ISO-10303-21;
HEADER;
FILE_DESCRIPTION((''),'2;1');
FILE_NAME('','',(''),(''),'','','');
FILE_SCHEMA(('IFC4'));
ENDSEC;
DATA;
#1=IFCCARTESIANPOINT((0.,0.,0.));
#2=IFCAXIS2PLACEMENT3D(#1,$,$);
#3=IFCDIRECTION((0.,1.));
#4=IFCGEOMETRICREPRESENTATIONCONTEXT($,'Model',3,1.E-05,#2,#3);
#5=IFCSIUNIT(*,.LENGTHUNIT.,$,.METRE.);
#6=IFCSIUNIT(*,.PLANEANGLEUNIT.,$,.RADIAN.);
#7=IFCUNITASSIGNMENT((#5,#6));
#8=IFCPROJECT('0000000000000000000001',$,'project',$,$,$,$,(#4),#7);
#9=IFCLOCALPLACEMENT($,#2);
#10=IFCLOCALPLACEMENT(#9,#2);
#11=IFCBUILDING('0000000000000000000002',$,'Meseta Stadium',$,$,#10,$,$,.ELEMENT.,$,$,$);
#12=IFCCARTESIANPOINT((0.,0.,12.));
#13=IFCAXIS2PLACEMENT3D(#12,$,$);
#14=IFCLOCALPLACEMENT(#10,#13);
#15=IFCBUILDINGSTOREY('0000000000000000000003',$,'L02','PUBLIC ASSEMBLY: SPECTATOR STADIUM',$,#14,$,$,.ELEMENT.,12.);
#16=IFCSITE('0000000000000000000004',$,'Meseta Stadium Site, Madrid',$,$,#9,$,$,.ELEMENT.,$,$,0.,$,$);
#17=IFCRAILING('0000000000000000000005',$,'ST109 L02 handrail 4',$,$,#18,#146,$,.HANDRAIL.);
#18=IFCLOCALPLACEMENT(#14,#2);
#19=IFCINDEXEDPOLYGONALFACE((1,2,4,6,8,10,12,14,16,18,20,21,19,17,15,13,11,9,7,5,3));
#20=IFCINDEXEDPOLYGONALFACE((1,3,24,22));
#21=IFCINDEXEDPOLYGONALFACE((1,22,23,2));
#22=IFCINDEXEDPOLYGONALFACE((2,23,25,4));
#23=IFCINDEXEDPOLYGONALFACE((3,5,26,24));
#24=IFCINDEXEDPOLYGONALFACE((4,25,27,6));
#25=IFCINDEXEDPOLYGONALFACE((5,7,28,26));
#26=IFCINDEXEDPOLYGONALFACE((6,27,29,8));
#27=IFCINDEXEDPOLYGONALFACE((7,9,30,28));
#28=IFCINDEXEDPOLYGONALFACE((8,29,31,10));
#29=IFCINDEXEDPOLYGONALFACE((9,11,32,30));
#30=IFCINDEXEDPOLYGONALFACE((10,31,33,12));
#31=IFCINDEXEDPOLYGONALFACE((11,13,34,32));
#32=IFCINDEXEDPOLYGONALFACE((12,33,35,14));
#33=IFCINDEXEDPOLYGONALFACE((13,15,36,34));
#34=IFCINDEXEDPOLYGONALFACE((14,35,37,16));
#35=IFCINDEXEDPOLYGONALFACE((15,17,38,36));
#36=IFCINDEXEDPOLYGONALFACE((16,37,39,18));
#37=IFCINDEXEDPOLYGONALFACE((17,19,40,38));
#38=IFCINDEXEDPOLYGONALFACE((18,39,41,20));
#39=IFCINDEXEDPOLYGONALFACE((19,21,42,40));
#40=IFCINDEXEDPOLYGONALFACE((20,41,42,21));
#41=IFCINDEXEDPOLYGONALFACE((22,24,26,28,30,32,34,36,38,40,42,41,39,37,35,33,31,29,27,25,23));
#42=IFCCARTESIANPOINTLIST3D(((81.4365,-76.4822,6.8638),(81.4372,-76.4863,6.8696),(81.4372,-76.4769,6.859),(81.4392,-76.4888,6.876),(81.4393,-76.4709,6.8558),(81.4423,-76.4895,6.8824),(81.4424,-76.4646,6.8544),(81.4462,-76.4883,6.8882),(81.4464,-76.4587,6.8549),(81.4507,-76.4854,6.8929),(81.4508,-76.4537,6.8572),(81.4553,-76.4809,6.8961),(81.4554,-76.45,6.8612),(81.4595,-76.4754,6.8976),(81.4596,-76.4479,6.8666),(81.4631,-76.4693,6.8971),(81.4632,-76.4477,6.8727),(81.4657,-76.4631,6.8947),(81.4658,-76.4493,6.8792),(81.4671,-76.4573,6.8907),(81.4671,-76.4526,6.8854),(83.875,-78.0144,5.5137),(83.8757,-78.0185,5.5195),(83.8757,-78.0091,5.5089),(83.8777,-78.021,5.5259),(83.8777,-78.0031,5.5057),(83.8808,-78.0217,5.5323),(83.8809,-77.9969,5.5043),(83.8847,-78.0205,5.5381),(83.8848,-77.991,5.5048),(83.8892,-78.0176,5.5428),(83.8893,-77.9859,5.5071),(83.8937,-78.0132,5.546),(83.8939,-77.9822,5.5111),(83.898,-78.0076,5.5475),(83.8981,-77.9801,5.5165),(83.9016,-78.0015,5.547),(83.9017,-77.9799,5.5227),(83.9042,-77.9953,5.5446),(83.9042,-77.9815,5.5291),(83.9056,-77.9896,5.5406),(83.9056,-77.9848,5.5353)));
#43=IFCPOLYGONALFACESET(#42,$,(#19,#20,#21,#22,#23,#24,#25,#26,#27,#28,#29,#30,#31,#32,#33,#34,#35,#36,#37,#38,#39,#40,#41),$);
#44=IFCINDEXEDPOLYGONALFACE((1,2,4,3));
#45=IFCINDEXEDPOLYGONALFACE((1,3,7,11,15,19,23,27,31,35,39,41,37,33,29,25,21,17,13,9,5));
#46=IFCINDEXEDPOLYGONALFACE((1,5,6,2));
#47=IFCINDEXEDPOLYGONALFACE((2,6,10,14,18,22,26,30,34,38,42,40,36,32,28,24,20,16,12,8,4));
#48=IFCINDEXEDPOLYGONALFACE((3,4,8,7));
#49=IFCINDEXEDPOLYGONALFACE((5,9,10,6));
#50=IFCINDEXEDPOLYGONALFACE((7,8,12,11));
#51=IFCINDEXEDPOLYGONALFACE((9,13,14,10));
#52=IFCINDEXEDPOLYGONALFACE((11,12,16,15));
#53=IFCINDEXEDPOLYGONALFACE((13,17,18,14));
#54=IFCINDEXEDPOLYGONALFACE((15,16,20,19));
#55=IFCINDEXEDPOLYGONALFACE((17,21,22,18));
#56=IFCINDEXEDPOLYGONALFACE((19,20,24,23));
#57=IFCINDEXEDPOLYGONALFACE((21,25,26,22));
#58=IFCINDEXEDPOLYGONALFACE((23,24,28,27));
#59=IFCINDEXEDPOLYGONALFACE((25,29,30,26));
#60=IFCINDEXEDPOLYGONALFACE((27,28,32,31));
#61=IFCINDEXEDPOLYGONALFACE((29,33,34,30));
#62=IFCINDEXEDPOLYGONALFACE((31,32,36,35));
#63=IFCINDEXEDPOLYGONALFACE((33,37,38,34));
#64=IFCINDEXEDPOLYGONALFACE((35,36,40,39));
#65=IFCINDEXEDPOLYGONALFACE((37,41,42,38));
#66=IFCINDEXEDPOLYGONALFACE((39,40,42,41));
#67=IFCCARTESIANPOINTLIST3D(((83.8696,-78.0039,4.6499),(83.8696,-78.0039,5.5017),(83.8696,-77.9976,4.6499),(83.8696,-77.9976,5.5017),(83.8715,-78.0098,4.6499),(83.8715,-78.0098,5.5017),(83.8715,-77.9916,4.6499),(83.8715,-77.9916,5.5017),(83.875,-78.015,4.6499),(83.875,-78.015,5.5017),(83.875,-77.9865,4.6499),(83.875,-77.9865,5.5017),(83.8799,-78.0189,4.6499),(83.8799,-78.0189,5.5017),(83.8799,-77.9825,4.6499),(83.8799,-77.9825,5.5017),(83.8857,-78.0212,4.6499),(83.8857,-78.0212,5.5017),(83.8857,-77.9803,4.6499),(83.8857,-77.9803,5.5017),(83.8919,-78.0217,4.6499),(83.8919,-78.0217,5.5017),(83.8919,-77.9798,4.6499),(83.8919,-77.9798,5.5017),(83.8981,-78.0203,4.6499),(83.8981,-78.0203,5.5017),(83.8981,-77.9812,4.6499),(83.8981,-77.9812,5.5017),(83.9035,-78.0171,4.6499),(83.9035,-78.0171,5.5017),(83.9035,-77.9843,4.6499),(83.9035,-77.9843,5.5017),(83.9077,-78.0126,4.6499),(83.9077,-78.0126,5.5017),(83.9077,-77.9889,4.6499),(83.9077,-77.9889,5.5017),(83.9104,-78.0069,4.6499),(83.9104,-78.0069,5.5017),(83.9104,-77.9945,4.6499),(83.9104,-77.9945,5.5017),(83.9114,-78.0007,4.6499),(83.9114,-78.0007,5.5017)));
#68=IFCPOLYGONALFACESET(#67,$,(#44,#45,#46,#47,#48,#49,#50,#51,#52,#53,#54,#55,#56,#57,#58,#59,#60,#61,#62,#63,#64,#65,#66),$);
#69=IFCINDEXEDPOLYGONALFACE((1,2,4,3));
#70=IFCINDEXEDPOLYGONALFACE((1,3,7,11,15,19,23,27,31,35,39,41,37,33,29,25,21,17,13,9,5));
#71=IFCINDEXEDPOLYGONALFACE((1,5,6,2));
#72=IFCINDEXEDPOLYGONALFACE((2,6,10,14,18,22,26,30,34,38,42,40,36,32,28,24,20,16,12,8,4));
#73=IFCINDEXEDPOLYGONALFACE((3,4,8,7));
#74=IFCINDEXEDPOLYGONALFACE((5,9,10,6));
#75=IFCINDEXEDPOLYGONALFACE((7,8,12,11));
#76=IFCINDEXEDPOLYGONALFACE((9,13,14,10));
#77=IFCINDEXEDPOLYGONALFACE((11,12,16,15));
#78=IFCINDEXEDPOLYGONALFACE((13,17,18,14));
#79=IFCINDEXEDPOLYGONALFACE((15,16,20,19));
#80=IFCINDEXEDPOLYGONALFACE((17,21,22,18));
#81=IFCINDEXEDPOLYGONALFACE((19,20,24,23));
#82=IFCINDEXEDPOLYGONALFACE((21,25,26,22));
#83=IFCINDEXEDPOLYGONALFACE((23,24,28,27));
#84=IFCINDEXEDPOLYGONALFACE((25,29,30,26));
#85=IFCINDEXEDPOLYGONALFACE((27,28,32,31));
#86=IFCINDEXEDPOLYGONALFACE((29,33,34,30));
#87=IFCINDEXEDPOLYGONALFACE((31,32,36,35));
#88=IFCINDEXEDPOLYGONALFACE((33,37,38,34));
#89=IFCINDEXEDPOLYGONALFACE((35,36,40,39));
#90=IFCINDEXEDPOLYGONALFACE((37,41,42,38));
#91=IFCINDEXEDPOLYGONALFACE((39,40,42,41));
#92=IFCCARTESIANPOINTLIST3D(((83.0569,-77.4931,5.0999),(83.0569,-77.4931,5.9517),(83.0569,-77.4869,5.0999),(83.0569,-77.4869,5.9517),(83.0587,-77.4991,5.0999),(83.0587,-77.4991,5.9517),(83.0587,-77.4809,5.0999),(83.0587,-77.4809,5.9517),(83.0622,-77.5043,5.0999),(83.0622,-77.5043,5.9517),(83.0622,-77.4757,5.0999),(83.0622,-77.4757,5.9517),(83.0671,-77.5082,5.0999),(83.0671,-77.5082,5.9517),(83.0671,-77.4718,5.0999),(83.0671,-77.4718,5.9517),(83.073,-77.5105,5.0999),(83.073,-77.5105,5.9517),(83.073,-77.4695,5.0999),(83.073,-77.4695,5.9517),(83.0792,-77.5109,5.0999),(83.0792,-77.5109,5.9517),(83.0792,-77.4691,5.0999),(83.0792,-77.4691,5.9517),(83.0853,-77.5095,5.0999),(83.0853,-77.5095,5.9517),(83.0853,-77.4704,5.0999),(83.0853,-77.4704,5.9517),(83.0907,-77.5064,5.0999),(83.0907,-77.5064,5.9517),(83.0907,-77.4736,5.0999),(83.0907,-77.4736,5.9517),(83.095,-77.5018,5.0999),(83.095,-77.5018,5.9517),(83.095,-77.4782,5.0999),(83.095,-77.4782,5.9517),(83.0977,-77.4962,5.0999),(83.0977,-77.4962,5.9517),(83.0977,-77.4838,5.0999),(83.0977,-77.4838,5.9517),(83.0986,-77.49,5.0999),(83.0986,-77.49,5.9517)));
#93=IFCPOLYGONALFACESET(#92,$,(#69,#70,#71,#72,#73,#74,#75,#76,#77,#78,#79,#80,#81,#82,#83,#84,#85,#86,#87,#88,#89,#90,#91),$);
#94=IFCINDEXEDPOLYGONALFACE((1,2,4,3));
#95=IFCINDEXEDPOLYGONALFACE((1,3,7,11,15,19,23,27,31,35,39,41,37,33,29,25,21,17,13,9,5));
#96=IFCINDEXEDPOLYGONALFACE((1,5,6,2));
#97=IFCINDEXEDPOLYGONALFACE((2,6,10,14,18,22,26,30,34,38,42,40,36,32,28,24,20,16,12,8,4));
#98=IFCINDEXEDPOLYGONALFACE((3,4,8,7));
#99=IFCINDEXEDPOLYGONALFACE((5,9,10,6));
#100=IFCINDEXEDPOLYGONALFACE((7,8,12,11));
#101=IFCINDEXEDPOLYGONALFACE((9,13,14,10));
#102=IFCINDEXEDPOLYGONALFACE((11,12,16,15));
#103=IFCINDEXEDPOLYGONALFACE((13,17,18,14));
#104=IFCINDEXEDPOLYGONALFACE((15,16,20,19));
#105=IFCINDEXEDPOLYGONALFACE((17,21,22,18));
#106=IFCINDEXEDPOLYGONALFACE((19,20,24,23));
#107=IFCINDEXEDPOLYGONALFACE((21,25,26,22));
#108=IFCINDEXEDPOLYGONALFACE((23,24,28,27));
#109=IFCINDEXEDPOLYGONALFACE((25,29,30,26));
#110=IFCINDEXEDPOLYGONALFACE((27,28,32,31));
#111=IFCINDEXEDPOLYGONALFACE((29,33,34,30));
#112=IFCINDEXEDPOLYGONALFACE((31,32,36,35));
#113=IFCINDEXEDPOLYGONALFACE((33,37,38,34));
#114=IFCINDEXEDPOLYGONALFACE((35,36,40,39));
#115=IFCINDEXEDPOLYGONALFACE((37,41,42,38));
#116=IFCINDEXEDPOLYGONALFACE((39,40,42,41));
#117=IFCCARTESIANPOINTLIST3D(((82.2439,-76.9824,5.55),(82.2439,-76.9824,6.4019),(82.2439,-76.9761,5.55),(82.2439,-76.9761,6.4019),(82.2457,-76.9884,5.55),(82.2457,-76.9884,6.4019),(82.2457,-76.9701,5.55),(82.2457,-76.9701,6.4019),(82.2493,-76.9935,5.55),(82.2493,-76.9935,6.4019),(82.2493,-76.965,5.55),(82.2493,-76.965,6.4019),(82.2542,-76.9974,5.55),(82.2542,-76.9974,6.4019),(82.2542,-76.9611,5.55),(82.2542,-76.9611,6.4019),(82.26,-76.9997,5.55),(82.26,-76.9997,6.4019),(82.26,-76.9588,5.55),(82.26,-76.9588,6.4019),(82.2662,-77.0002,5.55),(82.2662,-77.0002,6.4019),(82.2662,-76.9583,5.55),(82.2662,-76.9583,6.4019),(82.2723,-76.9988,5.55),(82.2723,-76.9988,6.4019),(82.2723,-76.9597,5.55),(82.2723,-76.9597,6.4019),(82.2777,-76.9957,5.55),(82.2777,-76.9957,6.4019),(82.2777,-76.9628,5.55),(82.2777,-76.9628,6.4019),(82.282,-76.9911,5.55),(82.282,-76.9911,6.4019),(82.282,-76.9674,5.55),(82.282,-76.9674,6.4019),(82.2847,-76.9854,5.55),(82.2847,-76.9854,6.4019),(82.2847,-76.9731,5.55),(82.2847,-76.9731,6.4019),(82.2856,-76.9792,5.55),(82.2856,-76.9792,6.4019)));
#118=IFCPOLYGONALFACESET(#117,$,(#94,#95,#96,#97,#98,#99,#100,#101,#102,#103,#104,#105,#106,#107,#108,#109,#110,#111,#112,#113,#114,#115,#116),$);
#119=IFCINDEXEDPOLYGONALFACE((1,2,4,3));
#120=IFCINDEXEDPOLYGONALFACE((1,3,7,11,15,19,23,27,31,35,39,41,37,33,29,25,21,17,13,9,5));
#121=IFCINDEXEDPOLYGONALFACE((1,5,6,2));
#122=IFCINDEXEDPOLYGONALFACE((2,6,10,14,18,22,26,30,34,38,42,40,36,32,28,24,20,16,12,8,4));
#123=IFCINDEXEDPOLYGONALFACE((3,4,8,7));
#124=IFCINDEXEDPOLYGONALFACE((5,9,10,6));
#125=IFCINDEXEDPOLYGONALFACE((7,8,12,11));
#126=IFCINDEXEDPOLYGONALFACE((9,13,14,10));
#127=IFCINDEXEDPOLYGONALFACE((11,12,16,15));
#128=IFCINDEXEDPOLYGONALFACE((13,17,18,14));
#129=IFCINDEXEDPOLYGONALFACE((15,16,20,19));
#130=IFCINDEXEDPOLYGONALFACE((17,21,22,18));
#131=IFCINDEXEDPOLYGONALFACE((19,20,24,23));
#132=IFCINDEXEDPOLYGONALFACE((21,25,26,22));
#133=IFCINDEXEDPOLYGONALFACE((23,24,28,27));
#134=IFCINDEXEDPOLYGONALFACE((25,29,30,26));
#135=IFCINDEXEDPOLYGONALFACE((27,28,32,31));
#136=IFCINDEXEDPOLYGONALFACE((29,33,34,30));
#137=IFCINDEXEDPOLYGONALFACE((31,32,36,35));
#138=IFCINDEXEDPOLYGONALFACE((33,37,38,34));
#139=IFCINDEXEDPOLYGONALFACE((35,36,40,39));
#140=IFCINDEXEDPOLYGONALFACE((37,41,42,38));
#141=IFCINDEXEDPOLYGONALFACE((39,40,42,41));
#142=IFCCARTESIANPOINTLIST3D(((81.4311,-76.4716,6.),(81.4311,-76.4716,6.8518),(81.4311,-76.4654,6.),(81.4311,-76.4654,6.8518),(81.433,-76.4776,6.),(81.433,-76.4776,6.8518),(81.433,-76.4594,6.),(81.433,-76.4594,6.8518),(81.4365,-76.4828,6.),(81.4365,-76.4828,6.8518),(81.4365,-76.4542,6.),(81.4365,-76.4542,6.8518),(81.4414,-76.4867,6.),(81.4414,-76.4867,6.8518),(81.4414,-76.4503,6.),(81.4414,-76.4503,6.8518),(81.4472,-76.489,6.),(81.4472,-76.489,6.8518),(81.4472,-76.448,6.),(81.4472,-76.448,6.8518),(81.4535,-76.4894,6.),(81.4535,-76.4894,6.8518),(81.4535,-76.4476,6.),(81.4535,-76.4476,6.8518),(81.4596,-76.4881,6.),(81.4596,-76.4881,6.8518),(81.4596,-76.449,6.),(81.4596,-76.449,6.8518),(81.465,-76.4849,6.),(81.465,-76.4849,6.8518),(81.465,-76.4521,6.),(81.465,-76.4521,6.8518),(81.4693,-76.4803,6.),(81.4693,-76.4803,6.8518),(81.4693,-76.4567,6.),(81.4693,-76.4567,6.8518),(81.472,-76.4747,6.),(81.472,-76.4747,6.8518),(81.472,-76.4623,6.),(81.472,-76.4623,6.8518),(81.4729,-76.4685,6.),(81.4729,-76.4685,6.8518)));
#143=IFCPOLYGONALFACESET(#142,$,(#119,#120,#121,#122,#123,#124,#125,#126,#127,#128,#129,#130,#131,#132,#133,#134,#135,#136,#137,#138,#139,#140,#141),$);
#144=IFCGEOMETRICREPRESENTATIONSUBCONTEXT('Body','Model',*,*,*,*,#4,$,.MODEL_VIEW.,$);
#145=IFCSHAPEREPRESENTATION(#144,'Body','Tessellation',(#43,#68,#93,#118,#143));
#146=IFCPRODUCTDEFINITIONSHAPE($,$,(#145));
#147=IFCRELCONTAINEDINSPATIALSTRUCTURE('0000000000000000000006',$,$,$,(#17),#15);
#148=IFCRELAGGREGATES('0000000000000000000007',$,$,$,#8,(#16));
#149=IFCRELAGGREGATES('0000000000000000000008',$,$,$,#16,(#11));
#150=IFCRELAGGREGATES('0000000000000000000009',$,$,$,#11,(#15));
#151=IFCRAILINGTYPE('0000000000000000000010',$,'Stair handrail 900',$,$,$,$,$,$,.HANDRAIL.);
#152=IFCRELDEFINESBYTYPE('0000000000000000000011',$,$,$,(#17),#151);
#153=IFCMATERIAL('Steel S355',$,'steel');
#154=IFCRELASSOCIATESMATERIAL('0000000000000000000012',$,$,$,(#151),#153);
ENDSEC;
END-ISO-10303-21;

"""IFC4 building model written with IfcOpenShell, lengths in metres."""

from ifc_helpers import new_model, si_unit, direction, frame, origin, origin_2d, place, context, subcontext, project, spatial, circle, extrude, material, type_object, element, save


model = new_model("IFC4")

# Units and contexts
model_context = context("Model", 3, precision=1e-05, world=origin(), true_north=direction((0.0, 1.0)))
body_context = subcontext(model_context, "Body", "Model", "MODEL_VIEW")
ifc_project = project(units=[si_unit("LENGTHUNIT", "METRE"), si_unit("PLANEANGLEUNIT", "RADIAN")], contexts=[model_context])

# Site, building, storey
site_placement = place(None, origin())
site = spatial("IfcSite", under=ifc_project, at=site_placement, Name="Meseta Stadium Site, Madrid", CompositionType="ELEMENT", RefElevation=0.0)
building_placement = place(site_placement, origin())
building = spatial("IfcBuilding", under=site, at=building_placement, Name="Meseta Stadium", CompositionType="ELEMENT")
storey_placement = place(building_placement, frame((0.0, 0.0, 12.0)))
storey = spatial("IfcBuildingStorey", under=building, at=storey_placement, Name="L02", Description="PUBLIC ASSEMBLY: SPECTATOR STADIUM", CompositionType="ELEMENT", Elevation=12.0)

# Railing
ifc_material_1 = material(Name="Steel S355", Category="steel")
railing_type_1 = type_object("IfcRailingType", Name="Stair handrail 900", PredefinedType="HANDRAIL", material=ifc_material_1)
for number, where, name in (
    (1, (83.8904, -78.0007, 4.6499), "ST109 L02 handrail 4"),
):
    element("IfcRailing", number, at=place(storey_placement, frame(where)), inside=storey, type_object=railing_type_1, Name=name, PredefinedType="HANDRAIL", context=body_context, shape_type="SweptSolid", body=[
        extrude(circle(Radius=0.0239, at=origin_2d()), frame((0.0, 0.0, 0.876), z_axis=(-0.766655, 0.481731, 0.42447), x_axis=(-0.53204, -0.846719, 0.0)), (0.0, 0.0, 1.0), 3.1807),
        extrude(circle(Radius=0.021, at=origin_2d()), origin(), (0.0, 0.0, 1.0), 0.8518),
        extrude(circle(Radius=0.021, at=origin_2d()), frame((-0.8127, 0.5107, 0.45)), (0.0, 0.0, 1.0), 0.8518),
        extrude(circle(Radius=0.021, at=origin_2d()), frame((-1.6257, 1.0215, 0.9001)), (0.0, 0.0, 1.0), 0.8518),
        extrude(circle(Radius=0.021, at=origin_2d()), frame((-2.4385, 1.5322, 1.3501)), (0.0, 0.0, 1.0), 0.8518),
    ])

save(model, "model.ifc")
